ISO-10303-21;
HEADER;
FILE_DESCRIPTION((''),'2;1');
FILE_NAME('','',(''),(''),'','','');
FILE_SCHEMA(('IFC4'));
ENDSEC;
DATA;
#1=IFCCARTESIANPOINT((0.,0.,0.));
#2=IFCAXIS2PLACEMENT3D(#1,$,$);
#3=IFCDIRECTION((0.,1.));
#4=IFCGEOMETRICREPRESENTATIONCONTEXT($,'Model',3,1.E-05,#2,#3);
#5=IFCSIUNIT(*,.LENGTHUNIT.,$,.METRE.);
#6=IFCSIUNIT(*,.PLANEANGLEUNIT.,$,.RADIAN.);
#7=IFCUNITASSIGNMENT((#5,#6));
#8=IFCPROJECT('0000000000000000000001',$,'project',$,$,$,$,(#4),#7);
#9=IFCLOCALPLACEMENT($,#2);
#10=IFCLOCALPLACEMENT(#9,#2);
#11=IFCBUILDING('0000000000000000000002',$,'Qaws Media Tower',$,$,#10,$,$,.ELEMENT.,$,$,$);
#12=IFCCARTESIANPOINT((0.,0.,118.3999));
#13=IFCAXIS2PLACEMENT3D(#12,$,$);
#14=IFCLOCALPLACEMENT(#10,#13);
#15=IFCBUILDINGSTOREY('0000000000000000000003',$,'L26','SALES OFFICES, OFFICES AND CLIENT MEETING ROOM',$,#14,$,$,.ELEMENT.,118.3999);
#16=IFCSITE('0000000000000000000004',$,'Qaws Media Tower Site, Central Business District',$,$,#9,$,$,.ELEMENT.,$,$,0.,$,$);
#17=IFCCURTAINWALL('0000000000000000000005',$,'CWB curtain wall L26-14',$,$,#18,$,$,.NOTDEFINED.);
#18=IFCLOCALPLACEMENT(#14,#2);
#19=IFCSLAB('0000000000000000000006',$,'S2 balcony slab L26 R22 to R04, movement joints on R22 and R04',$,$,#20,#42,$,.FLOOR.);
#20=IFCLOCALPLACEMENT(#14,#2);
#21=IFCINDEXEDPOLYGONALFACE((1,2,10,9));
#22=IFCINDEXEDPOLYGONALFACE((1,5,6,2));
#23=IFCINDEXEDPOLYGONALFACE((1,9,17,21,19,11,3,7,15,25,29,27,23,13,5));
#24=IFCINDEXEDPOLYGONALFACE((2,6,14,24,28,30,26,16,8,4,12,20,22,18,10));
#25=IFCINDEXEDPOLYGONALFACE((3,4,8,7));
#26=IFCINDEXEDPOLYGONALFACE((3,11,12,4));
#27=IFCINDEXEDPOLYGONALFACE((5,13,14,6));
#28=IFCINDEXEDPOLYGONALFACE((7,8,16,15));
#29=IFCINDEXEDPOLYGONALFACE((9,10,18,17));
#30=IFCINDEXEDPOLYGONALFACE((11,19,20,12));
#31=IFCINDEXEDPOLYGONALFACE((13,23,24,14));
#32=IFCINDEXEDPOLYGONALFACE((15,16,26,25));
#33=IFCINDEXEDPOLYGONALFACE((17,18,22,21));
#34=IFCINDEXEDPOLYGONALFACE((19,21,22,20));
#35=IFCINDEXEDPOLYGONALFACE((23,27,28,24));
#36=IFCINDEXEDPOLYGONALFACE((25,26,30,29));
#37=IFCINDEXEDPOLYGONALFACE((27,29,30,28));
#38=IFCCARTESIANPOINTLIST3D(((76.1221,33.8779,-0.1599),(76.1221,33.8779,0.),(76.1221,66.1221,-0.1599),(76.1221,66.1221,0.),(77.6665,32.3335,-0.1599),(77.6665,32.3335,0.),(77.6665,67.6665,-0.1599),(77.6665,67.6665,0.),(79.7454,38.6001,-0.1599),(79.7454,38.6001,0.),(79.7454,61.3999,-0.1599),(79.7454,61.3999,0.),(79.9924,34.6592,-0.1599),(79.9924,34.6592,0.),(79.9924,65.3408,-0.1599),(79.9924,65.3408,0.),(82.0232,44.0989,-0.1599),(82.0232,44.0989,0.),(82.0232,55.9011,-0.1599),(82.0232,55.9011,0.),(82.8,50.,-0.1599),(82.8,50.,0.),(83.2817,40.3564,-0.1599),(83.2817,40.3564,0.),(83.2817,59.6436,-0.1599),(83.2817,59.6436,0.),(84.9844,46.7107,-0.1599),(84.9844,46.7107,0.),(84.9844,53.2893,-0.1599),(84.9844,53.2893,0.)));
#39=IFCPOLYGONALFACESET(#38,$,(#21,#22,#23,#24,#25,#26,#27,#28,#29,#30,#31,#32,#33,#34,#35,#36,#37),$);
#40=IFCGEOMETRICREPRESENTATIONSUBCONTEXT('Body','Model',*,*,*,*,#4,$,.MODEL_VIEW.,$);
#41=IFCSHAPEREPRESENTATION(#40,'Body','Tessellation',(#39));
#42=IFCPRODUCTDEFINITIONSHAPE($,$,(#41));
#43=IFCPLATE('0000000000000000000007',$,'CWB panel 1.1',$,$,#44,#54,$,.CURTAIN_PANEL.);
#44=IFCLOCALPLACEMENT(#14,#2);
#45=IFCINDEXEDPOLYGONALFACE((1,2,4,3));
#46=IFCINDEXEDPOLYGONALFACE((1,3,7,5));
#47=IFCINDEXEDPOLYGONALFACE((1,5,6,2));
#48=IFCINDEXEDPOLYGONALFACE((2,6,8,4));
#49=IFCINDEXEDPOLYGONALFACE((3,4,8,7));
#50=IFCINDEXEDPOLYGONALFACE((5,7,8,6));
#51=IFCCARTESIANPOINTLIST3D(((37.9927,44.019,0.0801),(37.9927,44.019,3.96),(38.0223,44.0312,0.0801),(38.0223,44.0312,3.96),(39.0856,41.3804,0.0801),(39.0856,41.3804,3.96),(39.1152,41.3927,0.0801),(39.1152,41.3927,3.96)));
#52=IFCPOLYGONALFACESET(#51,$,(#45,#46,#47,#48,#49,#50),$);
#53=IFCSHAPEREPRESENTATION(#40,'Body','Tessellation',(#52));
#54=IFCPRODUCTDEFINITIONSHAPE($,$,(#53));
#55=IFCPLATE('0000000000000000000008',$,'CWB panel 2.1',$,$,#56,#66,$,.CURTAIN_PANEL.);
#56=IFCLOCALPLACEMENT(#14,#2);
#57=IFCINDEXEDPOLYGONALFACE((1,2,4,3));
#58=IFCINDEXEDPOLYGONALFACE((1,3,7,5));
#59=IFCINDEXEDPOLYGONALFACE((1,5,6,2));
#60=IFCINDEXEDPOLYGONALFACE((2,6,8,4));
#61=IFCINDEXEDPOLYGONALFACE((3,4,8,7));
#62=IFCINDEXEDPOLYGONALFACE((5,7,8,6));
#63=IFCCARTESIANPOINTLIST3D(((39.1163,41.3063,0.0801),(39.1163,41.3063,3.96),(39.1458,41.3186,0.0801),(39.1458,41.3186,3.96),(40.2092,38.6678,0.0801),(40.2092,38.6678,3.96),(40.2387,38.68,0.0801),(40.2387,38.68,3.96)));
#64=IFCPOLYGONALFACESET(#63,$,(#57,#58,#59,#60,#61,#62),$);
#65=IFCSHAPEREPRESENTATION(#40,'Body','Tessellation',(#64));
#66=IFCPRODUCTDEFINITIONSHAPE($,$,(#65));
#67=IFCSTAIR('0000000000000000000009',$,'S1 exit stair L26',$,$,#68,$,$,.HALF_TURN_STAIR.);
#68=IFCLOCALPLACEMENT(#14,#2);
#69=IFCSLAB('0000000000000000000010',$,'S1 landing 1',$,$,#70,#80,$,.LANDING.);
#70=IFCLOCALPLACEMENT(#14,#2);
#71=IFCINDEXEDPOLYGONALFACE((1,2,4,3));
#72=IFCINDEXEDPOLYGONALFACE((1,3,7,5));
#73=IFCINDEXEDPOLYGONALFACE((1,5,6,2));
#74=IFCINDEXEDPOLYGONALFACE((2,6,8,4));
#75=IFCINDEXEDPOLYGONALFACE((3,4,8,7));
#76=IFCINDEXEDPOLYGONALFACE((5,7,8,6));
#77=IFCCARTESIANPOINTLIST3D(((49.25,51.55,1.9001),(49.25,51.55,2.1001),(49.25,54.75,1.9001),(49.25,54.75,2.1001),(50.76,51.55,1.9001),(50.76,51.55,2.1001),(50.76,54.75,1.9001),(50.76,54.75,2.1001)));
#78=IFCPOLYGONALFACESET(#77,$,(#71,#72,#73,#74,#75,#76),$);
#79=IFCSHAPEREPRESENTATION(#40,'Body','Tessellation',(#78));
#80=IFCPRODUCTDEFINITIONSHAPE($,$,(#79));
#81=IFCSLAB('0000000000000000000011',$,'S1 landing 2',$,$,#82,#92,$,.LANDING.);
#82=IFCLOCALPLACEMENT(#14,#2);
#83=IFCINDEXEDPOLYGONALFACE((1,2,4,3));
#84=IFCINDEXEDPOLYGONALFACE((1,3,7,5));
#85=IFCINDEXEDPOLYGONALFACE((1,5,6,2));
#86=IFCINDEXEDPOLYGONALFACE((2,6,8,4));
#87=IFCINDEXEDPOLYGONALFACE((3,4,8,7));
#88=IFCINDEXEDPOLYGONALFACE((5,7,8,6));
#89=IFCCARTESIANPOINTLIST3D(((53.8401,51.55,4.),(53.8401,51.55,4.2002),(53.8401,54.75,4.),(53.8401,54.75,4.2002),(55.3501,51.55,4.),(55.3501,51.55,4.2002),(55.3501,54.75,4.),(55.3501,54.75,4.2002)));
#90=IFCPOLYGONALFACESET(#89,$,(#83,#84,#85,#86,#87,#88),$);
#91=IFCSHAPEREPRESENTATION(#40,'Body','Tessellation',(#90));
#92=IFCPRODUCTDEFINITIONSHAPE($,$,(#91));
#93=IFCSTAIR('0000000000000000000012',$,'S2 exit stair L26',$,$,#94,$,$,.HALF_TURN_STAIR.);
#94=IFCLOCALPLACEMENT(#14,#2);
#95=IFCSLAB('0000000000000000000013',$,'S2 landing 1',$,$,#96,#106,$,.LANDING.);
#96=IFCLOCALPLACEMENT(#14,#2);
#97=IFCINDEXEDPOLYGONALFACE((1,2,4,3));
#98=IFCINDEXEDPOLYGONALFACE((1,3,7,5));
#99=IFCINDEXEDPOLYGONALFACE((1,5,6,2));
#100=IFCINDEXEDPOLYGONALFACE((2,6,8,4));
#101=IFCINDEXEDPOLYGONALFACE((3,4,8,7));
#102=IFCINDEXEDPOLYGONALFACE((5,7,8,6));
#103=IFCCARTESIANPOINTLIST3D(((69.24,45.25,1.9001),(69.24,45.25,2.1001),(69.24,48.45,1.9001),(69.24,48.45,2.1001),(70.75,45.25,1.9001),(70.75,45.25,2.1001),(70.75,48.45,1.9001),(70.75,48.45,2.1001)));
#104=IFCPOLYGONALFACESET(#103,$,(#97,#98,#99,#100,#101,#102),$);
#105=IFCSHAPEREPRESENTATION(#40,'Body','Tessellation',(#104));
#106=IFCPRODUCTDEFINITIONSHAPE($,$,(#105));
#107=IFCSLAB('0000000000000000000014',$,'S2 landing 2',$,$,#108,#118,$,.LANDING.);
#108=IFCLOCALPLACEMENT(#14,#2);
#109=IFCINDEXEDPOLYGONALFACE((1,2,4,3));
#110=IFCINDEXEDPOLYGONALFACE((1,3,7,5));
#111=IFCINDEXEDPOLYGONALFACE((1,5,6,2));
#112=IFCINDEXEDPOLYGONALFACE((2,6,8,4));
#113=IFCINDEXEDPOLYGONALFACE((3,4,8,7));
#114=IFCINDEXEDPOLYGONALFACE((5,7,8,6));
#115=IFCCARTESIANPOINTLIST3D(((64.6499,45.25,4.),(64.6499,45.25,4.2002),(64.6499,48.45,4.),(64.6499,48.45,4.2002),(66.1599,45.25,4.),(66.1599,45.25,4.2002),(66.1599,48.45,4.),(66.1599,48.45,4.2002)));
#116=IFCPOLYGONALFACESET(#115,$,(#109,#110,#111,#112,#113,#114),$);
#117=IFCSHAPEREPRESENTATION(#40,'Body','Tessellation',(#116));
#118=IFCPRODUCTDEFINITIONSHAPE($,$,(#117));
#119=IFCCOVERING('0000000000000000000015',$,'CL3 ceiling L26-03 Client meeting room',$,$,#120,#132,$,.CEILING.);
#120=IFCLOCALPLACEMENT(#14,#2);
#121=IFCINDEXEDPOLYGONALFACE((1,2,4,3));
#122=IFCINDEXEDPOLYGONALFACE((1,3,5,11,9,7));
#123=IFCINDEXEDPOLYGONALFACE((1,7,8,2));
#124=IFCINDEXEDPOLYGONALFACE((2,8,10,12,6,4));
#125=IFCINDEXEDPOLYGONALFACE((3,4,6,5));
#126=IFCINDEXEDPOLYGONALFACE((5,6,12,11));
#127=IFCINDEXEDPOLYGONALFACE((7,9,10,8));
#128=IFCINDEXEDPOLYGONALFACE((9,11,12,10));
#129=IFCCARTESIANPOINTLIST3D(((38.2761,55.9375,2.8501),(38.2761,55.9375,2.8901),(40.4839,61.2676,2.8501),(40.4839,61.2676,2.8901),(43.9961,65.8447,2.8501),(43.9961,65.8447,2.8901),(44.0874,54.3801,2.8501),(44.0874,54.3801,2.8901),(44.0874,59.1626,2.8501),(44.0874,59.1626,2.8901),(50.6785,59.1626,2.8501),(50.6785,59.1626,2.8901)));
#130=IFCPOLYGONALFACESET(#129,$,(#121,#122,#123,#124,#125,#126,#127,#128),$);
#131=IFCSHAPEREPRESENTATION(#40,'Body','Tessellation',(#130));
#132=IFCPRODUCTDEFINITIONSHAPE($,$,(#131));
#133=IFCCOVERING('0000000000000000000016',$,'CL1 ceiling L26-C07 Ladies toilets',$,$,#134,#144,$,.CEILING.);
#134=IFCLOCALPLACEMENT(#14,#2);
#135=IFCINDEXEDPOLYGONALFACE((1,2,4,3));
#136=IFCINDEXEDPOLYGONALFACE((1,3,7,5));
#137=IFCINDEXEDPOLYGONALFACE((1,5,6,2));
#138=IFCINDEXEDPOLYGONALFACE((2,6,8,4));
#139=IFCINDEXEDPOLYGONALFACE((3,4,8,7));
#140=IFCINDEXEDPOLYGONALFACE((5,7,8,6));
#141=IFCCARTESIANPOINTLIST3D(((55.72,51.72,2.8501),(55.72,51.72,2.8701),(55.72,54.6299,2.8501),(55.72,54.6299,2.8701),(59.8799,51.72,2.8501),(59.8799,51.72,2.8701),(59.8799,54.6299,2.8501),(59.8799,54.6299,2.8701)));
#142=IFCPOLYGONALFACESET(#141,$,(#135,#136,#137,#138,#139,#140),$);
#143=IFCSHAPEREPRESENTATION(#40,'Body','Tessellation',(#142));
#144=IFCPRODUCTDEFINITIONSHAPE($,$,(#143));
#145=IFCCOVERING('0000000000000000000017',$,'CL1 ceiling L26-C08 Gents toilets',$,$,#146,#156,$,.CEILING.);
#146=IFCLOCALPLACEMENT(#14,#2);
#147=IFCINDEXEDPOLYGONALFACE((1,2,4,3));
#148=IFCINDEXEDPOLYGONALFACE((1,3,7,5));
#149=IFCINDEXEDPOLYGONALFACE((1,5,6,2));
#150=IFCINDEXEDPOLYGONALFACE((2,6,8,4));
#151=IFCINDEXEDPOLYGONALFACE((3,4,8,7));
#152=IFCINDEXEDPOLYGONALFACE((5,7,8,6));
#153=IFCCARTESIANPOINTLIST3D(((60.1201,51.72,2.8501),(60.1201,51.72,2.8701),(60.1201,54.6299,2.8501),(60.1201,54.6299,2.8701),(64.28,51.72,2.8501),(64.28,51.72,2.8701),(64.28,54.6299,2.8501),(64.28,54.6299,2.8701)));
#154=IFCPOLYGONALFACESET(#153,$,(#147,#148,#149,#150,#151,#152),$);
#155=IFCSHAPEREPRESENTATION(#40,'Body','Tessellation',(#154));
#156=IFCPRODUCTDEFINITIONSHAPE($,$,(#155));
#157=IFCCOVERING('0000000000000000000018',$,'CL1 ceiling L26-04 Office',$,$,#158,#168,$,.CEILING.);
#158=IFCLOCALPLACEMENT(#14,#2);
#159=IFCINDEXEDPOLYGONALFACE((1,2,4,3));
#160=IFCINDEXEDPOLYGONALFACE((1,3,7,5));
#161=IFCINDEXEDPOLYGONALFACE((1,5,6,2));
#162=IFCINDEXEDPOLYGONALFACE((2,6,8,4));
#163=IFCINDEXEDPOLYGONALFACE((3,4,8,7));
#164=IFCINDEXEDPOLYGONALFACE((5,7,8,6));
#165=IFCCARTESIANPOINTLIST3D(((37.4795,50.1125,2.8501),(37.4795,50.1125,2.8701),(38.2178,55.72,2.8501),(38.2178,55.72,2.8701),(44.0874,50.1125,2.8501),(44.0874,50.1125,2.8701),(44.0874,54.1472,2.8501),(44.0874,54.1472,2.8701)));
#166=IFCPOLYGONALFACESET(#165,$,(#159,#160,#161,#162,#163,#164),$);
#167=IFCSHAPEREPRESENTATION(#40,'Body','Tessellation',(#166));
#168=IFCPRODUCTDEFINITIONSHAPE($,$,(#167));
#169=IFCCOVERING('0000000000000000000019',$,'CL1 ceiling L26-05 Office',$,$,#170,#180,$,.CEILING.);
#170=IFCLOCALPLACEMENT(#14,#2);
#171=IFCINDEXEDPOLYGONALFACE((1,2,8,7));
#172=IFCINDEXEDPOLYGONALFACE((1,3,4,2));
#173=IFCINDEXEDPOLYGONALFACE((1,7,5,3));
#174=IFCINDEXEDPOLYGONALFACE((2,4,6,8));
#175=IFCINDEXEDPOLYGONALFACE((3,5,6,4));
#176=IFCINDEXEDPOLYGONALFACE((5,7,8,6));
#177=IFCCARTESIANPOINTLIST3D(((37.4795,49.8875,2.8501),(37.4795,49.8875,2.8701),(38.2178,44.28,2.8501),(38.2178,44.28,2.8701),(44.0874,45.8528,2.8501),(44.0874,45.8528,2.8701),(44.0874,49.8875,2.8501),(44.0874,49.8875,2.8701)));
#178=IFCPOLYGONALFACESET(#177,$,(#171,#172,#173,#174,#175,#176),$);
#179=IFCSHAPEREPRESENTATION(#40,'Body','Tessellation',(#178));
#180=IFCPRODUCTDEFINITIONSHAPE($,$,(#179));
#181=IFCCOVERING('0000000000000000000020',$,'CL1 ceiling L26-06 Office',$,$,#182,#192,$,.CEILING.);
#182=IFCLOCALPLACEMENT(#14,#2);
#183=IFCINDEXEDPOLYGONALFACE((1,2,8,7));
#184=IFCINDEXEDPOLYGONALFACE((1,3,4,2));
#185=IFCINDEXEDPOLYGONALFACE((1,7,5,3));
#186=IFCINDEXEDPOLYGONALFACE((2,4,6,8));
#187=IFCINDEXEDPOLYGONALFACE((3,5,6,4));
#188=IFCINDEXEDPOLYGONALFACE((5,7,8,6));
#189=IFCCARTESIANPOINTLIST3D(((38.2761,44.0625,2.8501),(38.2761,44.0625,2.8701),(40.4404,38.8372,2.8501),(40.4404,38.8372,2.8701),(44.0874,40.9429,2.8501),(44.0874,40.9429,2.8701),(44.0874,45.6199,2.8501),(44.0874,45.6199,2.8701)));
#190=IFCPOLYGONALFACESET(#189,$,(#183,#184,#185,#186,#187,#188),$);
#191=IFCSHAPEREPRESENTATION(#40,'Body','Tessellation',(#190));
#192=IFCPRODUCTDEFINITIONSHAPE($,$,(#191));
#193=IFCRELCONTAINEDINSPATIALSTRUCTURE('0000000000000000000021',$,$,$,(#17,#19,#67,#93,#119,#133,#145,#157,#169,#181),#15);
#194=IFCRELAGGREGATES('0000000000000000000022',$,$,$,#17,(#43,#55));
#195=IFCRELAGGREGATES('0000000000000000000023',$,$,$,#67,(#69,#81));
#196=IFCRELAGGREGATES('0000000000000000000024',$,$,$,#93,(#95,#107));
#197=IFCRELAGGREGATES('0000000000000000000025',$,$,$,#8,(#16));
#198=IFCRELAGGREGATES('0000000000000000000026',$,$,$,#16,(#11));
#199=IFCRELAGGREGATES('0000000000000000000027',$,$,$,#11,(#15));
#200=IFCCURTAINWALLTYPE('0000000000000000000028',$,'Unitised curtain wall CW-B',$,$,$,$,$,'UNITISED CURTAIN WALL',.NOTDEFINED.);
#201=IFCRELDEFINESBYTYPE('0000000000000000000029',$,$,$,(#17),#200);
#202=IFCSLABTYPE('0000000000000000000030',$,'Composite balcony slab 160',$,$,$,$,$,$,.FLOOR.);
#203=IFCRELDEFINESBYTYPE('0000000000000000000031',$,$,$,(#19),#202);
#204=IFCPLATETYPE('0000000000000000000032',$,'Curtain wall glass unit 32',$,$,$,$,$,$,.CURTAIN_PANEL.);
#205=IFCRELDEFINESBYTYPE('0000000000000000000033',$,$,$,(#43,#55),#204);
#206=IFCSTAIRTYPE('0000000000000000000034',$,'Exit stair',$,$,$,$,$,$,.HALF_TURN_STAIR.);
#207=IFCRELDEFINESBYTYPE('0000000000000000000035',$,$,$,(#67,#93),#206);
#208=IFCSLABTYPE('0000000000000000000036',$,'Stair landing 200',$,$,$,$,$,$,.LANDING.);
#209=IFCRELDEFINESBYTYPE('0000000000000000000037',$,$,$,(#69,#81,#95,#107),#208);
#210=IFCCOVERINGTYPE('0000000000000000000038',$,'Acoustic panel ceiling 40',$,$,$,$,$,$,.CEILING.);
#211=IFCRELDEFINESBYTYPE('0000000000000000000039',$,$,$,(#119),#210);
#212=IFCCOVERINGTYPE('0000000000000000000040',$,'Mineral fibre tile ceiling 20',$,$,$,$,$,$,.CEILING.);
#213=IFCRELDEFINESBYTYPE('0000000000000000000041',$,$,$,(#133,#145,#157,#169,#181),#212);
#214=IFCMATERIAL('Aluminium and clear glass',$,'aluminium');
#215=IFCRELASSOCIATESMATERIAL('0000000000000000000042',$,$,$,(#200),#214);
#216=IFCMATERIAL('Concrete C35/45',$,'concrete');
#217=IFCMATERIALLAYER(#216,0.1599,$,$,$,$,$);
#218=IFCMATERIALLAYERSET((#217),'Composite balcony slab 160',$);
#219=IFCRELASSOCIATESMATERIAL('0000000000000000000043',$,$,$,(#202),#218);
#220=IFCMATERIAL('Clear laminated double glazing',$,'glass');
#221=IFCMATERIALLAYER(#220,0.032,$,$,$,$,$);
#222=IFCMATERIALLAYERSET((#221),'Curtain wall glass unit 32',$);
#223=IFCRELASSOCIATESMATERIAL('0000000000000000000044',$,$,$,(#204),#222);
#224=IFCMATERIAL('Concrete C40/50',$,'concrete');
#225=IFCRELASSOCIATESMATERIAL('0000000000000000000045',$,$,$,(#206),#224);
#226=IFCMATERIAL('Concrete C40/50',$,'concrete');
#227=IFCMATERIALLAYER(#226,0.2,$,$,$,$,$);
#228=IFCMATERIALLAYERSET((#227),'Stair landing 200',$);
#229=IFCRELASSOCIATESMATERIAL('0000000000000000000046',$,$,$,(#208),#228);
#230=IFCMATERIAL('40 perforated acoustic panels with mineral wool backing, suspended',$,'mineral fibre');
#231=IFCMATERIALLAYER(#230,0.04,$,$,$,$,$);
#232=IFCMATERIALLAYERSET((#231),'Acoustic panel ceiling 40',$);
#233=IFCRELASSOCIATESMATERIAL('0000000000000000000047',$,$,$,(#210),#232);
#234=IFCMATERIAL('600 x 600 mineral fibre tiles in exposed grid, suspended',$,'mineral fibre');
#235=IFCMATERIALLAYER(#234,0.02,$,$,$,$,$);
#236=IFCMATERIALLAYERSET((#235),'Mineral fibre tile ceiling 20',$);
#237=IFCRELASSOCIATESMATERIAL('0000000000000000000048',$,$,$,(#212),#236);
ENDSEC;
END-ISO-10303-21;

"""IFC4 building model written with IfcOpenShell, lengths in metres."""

from ifc_helpers import new_model, si_unit, direction, frame, origin, origin_2d, place, context, subcontext, project, spatial, polyline, rectangle, outline, extrude, material, layer, layer_set, type_object, element, aggregate, save


model = new_model("IFC4")

# Units and contexts
model_context = context("Model", 3, precision=1e-05, world=origin(), true_north=direction((0.0, 1.0)))
body_context = subcontext(model_context, "Body", "Model", "MODEL_VIEW")
ifc_project = project(units=[si_unit("LENGTHUNIT", "METRE"), si_unit("PLANEANGLEUNIT", "RADIAN")], contexts=[model_context])

# Site, building, storey
site_placement = place(None, origin())
site = spatial("IfcSite", under=ifc_project, at=site_placement, Name="Qaws Media Tower Site, Central Business District", CompositionType="ELEMENT", RefElevation=0.0)
building_placement = place(site_placement, origin())
building = spatial("IfcBuilding", under=site, at=building_placement, Name="Qaws Media Tower", CompositionType="ELEMENT")
storey_placement = place(building_placement, frame((0.0, 0.0, 118.3999)))
storey = spatial("IfcBuildingStorey", under=building, at=storey_placement, Name="L26", Description="SALES OFFICES, OFFICES AND CLIENT MEETING ROOM", CompositionType="ELEMENT", Elevation=118.3999)

# Curtain wall
ifc_material_1 = material(Name="Aluminium and clear glass", Category="aluminium")
curtain_wall_type = type_object("IfcCurtainWallType", Name="Unitised curtain wall CW-B", ElementType="UNITISED CURTAIN WALL", PredefinedType="NOTDEFINED", material=ifc_material_1)
curtain_wall_placement = place(storey_placement, origin())
curtain_wall = element("IfcCurtainWall", 1, at=curtain_wall_placement, inside=storey, type_object=curtain_wall_type, Name="CWB curtain wall L26-14", PredefinedType="NOTDEFINED")

# Slab
ifc_material_2 = material(Name="Concrete C35/45", Category="concrete")
ifc_layer_1 = layer(ifc_material_2, 0.1599)
ifc_layer_set_1 = layer_set([ifc_layer_1], Name="Composite balcony slab 160")
slab_type_1 = type_object("IfcSlabType", Name="Composite balcony slab 160", PredefinedType="FLOOR", material=ifc_layer_set_1)
slab_1_placement = place(storey_placement, frame((0.0, 0.0, -0.1599)))
element("IfcSlab", 2, at=slab_1_placement, inside=storey, type_object=slab_type_1, Name="S2 balcony slab L26 R22 to R04, movement joints on R22 and R04", PredefinedType="FLOOR", context=body_context, shape_type="SweptSolid", body=[
    extrude(outline(polyline([(83.2817, 40.3564), (79.9924, 34.6592), (77.6665, 32.3335), (76.1221, 33.8779), (79.7454, 38.6001), (82.0232, 44.0989), (82.8, 50.0), (82.0232, 55.9011), (79.7454, 61.3999), (76.1221, 66.1221), (77.6665, 67.6665), (79.9924, 65.3408), (83.2817, 59.6436), (84.9844, 53.2893), (84.9844, 46.7107), (83.2817, 40.3564)])), origin(), (0.0, 0.0, 1.0), 0.1599),
])

# Plates
ifc_material_3 = material(Name="Clear laminated double glazing", Category="glass")
ifc_layer_2 = layer(ifc_material_3, 0.032)
ifc_layer_set_2 = layer_set([ifc_layer_2], Name="Curtain wall glass unit 32")
plate_type = type_object("IfcPlateType", Name="Curtain wall glass unit 32", PredefinedType="CURTAIN_PANEL", material=ifc_layer_set_2)
plate_1_placement = place(storey_placement, frame((38.554, 42.7058, 0.0801), z_axis=(0.0, 0.0, 1.0), x_axis=(0.382683, -0.92388, 0.0)))
plate_1 = element("IfcPlate", 3, at=plate_1_placement, type_object=plate_type, Name="CWB panel 1.1", PredefinedType="CURTAIN_PANEL", context=body_context, shape_type="SweptSolid", body=[
    extrude(rectangle(XDim=2.856, YDim=0.032, at=origin_2d()), origin(), (0.0, 0.0, 1.0), 3.8799),
])
plate_2_placement = place(storey_placement, frame((39.6775, 39.9932, 0.0801), z_axis=(0.0, 0.0, 1.0), x_axis=(0.382683, -0.92388, 0.0)))
plate_2 = element("IfcPlate", 4, at=plate_2_placement, type_object=plate_type, Name="CWB panel 2.1", PredefinedType="CURTAIN_PANEL", context=body_context, shape_type="SweptSolid", body=[
    extrude(rectangle(XDim=2.856, YDim=0.032, at=origin_2d()), origin(), (0.0, 0.0, 1.0), 3.8799),
])
aggregate(curtain_wall, [plate_1, plate_2])

# Stairs, slabs
ifc_material_4 = material(Name="Concrete C40/50", Category="concrete")
stair_type = type_object("IfcStairType", Name="Exit stair", PredefinedType="HALF_TURN_STAIR", material=ifc_material_4)
stair_1_placement = place(storey_placement, origin())
stair_1 = element("IfcStair", 5, at=stair_1_placement, inside=storey, type_object=stair_type, Name="S1 exit stair L26", PredefinedType="HALF_TURN_STAIR")
ifc_material_5 = material(Name="Concrete C40/50", Category="concrete")
ifc_layer_3 = layer(ifc_material_5, 0.2)
ifc_layer_set_3 = layer_set([ifc_layer_3], Name="Stair landing 200")
slab_type_2 = type_object("IfcSlabType", Name="Stair landing 200", PredefinedType="LANDING", material=ifc_layer_set_3)
slab_2_placement = place(storey_placement, frame((0.0, 0.0, 1.9001)))
slab_2 = element("IfcSlab", 6, at=slab_2_placement, type_object=slab_type_2, Name="S1 landing 1", PredefinedType="LANDING", context=body_context, shape_type="SweptSolid", body=[
    extrude(outline(polyline([(49.25, 51.55), (50.76, 51.55), (50.76, 54.75), (49.25, 54.75), (49.25, 51.55)])), origin(), (0.0, 0.0, 1.0), 0.2),
])
slab_3_placement = place(storey_placement, frame((0.0, 0.0, 4.0)))
slab_3 = element("IfcSlab", 7, at=slab_3_placement, type_object=slab_type_2, Name="S1 landing 2", PredefinedType="LANDING", context=body_context, shape_type="SweptSolid", body=[
    extrude(outline(polyline([(53.8401, 51.55), (55.3501, 51.55), (55.3501, 54.75), (53.8401, 54.75), (53.8401, 51.55)])), origin(), (0.0, 0.0, 1.0), 0.2002),
])
aggregate(stair_1, [slab_2, slab_3])
stair_2_placement = place(storey_placement, origin())
stair_2 = element("IfcStair", 8, at=stair_2_placement, inside=storey, type_object=stair_type, Name="S2 exit stair L26", PredefinedType="HALF_TURN_STAIR")
slab_4_placement = place(storey_placement, frame((0.0, 0.0, 1.9001)))
slab_4 = element("IfcSlab", 9, at=slab_4_placement, type_object=slab_type_2, Name="S2 landing 1", PredefinedType="LANDING", context=body_context, shape_type="SweptSolid", body=[
    extrude(outline(polyline([(69.24, 45.25), (70.75, 45.25), (70.75, 48.45), (69.24, 48.45), (69.24, 45.25)])), origin(), (0.0, 0.0, 1.0), 0.2),
])
slab_5_placement = place(storey_placement, frame((0.0, 0.0, 4.0)))
slab_5 = element("IfcSlab", 10, at=slab_5_placement, type_object=slab_type_2, Name="S2 landing 2", PredefinedType="LANDING", context=body_context, shape_type="SweptSolid", body=[
    extrude(outline(polyline([(64.6499, 45.25), (66.1599, 45.25), (66.1599, 48.45), (64.6499, 48.45), (64.6499, 45.25)])), origin(), (0.0, 0.0, 1.0), 0.2002),
])
aggregate(stair_2, [slab_4, slab_5])

# Coverings
ifc_material_6 = material(Name="40 perforated acoustic panels with mineral wool backing, suspended", Category="mineral fibre")
ifc_layer_4 = layer(ifc_material_6, 0.04)
ifc_layer_set_4 = layer_set([ifc_layer_4], Name="Acoustic panel ceiling 40")
covering_type_1 = type_object("IfcCoveringType", Name="Acoustic panel ceiling 40", PredefinedType="CEILING", material=ifc_layer_set_4)
covering_1_placement = place(storey_placement, frame((0.0, 0.0, 2.8501)))
element("IfcCovering", 11, at=covering_1_placement, inside=storey, type_object=covering_type_1, Name="CL3 ceiling L26-03 Client meeting room", PredefinedType="CEILING", context=body_context, shape_type="SweptSolid", body=[
    extrude(outline(polyline([(40.4839, 61.2676), (43.9961, 65.8447), (50.6785, 59.1626), (44.0874, 59.1626), (44.0874, 54.3801), (38.2761, 55.9375), (40.4839, 61.2676)])), origin(), (0.0, 0.0, 1.0), 0.04),
])
ifc_material_7 = material(Name="600 x 600 mineral fibre tiles in exposed grid, suspended", Category="mineral fibre")
ifc_layer_5 = layer(ifc_material_7, 0.02)
ifc_layer_set_5 = layer_set([ifc_layer_5], Name="Mineral fibre tile ceiling 20")
covering_type_2 = type_object("IfcCoveringType", Name="Mineral fibre tile ceiling 20", PredefinedType="CEILING", material=ifc_layer_set_5)
covering_2_placement = place(storey_placement, frame((0.0, 0.0, 2.8501)))
element("IfcCovering", 12, at=covering_2_placement, inside=storey, type_object=covering_type_2, Name="CL1 ceiling L26-C07 Ladies toilets", PredefinedType="CEILING", context=body_context, shape_type="SweptSolid", body=[
    extrude(outline(polyline([(55.72, 51.72), (55.72, 54.6299), (59.8799, 54.6299), (59.8799, 51.72), (55.72, 51.72)])), origin(), (0.0, 0.0, 1.0), 0.02),
])
covering_3_placement = place(storey_placement, frame((0.0, 0.0, 2.8501)))
element("IfcCovering", 13, at=covering_3_placement, inside=storey, type_object=covering_type_2, Name="CL1 ceiling L26-C08 Gents toilets", PredefinedType="CEILING", context=body_context, shape_type="SweptSolid", body=[
    extrude(outline(polyline([(60.1201, 51.72), (60.1201, 54.6299), (64.28, 54.6299), (64.28, 51.72), (60.1201, 51.72)])), origin(), (0.0, 0.0, 1.0), 0.02),
])
covering_4_placement = place(storey_placement, frame((0.0, 0.0, 2.8501)))
element("IfcCovering", 14, at=covering_4_placement, inside=storey, type_object=covering_type_2, Name="CL1 ceiling L26-04 Office", PredefinedType="CEILING", context=body_context, shape_type="SweptSolid", body=[
    extrude(outline(polyline([(38.2178, 55.72), (44.0874, 54.1472), (44.0874, 50.1125), (37.4795, 50.1125), (38.2178, 55.72)])), origin(), (0.0, 0.0, 1.0), 0.02),
])
covering_5_placement = place(storey_placement, frame((0.0, 0.0, 2.8501)))
element("IfcCovering", 15, at=covering_5_placement, inside=storey, type_object=covering_type_2, Name="CL1 ceiling L26-05 Office", PredefinedType="CEILING", context=body_context, shape_type="SweptSolid", body=[
    extrude(outline(polyline([(37.4795, 49.8875), (44.0874, 49.8875), (44.0874, 45.8528), (38.2178, 44.28), (37.4795, 49.8875)])), origin(), (0.0, 0.0, 1.0), 0.02),
])
covering_6_placement = place(storey_placement, frame((0.0, 0.0, 2.8501)))
element("IfcCovering", 16, at=covering_6_placement, inside=storey, type_object=covering_type_2, Name="CL1 ceiling L26-06 Office", PredefinedType="CEILING", context=body_context, shape_type="SweptSolid", body=[
    extrude(outline(polyline([(38.2761, 44.0625), (44.0874, 45.6199), (44.0874, 40.9429), (40.4404, 38.8372), (38.2761, 44.0625)])), origin(), (0.0, 0.0, 1.0), 0.02),
])

save(model, "model.ifc")
